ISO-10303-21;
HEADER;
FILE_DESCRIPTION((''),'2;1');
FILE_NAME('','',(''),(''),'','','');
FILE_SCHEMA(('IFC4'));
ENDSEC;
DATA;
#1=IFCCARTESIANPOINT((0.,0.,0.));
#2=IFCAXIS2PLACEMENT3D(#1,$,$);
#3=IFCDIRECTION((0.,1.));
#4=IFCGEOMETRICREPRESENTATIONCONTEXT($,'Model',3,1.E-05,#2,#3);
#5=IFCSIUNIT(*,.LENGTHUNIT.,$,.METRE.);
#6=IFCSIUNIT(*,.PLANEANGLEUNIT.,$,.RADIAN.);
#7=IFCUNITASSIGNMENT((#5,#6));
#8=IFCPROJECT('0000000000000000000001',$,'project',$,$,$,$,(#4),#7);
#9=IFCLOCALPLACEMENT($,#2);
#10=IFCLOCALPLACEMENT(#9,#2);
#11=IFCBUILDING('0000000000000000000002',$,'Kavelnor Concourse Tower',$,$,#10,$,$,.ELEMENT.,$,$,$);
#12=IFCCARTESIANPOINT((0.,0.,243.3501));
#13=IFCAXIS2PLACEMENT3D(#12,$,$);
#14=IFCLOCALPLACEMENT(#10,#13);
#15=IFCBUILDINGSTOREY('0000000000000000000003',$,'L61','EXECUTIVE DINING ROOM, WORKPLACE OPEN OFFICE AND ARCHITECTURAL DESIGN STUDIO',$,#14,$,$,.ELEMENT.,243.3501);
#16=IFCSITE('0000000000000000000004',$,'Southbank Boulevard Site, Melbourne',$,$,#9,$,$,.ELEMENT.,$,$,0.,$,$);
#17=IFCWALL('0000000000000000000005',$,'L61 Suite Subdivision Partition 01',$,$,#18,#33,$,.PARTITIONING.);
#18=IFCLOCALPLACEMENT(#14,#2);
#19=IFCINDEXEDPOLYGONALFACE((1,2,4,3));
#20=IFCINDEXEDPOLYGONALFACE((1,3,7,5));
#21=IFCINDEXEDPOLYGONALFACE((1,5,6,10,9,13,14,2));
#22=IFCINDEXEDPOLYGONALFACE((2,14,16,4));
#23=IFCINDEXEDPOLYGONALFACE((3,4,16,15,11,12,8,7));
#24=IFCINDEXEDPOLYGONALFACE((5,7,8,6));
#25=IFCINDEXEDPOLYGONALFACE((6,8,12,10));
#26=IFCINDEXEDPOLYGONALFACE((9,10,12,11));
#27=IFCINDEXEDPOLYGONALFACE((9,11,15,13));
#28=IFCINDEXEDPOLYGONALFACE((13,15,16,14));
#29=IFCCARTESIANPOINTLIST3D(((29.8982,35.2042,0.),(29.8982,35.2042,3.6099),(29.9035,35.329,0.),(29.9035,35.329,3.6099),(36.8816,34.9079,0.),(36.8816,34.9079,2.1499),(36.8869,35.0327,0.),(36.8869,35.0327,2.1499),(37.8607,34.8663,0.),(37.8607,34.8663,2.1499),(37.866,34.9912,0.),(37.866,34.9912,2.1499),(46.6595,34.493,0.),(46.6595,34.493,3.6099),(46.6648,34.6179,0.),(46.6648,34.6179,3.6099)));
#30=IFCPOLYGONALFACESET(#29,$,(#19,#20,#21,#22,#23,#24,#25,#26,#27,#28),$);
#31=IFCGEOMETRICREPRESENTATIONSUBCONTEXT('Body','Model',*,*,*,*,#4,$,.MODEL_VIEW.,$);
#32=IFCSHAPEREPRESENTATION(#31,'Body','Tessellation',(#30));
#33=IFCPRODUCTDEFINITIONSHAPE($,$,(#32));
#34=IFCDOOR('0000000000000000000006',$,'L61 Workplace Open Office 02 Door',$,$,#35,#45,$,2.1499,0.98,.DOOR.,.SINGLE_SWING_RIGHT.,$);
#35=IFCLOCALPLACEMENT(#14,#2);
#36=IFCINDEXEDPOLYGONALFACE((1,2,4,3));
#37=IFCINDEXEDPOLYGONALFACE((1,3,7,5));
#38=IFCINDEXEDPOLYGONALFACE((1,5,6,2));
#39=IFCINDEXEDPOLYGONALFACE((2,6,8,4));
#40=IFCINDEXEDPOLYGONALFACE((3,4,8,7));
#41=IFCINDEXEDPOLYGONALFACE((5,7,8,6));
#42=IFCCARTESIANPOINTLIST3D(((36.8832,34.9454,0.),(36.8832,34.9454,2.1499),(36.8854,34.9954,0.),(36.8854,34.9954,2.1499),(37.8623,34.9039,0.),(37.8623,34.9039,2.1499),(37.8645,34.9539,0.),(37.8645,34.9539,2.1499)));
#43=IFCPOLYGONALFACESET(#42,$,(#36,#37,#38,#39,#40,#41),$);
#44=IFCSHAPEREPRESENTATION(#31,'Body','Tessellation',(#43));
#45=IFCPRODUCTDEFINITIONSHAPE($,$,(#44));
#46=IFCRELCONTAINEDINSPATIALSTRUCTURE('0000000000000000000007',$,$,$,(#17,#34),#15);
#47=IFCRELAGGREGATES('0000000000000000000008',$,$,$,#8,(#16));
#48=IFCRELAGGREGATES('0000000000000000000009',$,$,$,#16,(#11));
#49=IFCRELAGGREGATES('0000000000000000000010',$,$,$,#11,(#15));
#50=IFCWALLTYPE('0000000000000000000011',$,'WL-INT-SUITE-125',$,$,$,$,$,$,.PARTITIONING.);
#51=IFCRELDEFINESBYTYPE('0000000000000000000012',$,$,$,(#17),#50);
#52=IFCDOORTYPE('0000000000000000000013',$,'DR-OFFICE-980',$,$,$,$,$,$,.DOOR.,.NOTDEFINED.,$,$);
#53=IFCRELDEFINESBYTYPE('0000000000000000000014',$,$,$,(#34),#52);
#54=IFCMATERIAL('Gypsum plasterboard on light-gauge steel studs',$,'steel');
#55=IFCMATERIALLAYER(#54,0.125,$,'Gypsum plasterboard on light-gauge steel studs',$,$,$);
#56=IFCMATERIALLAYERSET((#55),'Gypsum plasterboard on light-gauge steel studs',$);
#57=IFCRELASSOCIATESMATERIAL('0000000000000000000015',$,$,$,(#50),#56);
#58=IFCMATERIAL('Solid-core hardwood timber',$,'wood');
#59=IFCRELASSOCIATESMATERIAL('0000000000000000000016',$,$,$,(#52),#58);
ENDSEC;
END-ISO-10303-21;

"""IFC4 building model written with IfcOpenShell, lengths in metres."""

from ifc_helpers import new_model, si_unit, direction, frame, frame_2d, origin, place, context, subcontext, project, spatial, rectangle, extrude, material, layer, layer_set, type_object, element, fill, save


model = new_model("IFC4")

# Units and contexts
model_context = context("Model", 3, precision=1e-05, world=origin(), true_north=direction((0.0, 1.0)))
body_context = subcontext(model_context, "Body", "Model", "MODEL_VIEW")
ifc_project = project(units=[si_unit("LENGTHUNIT", "METRE"), si_unit("PLANEANGLEUNIT", "RADIAN")], contexts=[model_context])

# Site, building, storey
site_placement = place(None, origin())
site = spatial("IfcSite", under=ifc_project, at=site_placement, Name="Southbank Boulevard Site, Melbourne", CompositionType="ELEMENT", RefElevation=0.0)
building_placement = place(site_placement, origin())
building = spatial("IfcBuilding", under=site, at=building_placement, Name="Kavelnor Concourse Tower", CompositionType="ELEMENT")
storey_placement = place(building_placement, frame((0.0, 0.0, 243.3501)))
storey = spatial("IfcBuildingStorey", under=building, at=storey_placement, Name="L61", Description="EXECUTIVE DINING ROOM, WORKPLACE OPEN OFFICE AND ARCHITECTURAL DESIGN STUDIO", CompositionType="ELEMENT", Elevation=243.3501)

# Wall, opening, door
ifc_material_1 = material(Name="Gypsum plasterboard on light-gauge steel studs", Category="steel")
ifc_layer_1 = layer(ifc_material_1, 0.125, Name="Gypsum plasterboard on light-gauge steel studs")
ifc_layer_set_1 = layer_set([ifc_layer_1], Name="Gypsum plasterboard on light-gauge steel studs")
wall_type_1 = type_object("IfcWallType", Name="WL-INT-SUITE-125", PredefinedType="PARTITIONING", material=ifc_layer_set_1)
wall_1_placement = place(storey_placement, frame((46.6621, 34.5554, 0.0), z_axis=(0.0, 0.0, 1.0), x_axis=(-0.999101, 0.042392, 0.0)))
wall_1 = element("IfcWall", 1, at=wall_1_placement, inside=storey, type_object=wall_type_1, Name="L61 Suite Subdivision Partition 01", PredefinedType="PARTITIONING", context=body_context, shape_type="SweptSolid", body=[
    extrude(rectangle(XDim=16.7764, YDim=0.125, at=frame_2d((8.3882, 0.0))), origin(), (0.0, 0.0, 1.0), 3.6099),
])
opening_1_placement = place(wall_1_placement, frame((8.8066, 0.0, 0.0)))
opening_1 = element("IfcOpeningElement", 2, at=opening_1_placement, cuts=wall_1, PredefinedType="OPENING", context=body_context, shape_type="SweptSolid", body=[
    extrude(rectangle(XDim=0.98, YDim=2.1499, at=frame_2d((0.49, 1.075))), frame((0.0, 0.0725, 0.0), z_axis=(0.0, -1.0, 0.0), x_axis=(1.0, 0.0, 0.0)), (0.0, 0.0, 1.0), 0.145),
])
ifc_material_2 = material(Name="Solid-core hardwood timber", Category="wood")
door_type = type_object("IfcDoorType", Name="DR-OFFICE-980", OperationType="NOTDEFINED", PredefinedType="DOOR", material=ifc_material_2)
door_placement = place(opening_1_placement, origin())
door = element("IfcDoor", 3, at=door_placement, inside=storey, type_object=door_type, Name="L61 Workplace Open Office 02 Door", OperationType="SINGLE_SWING_RIGHT", OverallHeight=2.1499, OverallWidth=0.98, PredefinedType="DOOR", context=body_context, shape_type="SweptSolid", body=[
    extrude(rectangle(XDim=0.98, YDim=2.1499, at=frame_2d((0.49, 1.075))), frame((0.0, 0.0249, 0.0), z_axis=(0.0, -1.0, 0.0), x_axis=(1.0, 0.0, 0.0)), (0.0, 0.0, 1.0), 0.05),
])
fill(opening_1, door)

save(model, "model.ifc")
